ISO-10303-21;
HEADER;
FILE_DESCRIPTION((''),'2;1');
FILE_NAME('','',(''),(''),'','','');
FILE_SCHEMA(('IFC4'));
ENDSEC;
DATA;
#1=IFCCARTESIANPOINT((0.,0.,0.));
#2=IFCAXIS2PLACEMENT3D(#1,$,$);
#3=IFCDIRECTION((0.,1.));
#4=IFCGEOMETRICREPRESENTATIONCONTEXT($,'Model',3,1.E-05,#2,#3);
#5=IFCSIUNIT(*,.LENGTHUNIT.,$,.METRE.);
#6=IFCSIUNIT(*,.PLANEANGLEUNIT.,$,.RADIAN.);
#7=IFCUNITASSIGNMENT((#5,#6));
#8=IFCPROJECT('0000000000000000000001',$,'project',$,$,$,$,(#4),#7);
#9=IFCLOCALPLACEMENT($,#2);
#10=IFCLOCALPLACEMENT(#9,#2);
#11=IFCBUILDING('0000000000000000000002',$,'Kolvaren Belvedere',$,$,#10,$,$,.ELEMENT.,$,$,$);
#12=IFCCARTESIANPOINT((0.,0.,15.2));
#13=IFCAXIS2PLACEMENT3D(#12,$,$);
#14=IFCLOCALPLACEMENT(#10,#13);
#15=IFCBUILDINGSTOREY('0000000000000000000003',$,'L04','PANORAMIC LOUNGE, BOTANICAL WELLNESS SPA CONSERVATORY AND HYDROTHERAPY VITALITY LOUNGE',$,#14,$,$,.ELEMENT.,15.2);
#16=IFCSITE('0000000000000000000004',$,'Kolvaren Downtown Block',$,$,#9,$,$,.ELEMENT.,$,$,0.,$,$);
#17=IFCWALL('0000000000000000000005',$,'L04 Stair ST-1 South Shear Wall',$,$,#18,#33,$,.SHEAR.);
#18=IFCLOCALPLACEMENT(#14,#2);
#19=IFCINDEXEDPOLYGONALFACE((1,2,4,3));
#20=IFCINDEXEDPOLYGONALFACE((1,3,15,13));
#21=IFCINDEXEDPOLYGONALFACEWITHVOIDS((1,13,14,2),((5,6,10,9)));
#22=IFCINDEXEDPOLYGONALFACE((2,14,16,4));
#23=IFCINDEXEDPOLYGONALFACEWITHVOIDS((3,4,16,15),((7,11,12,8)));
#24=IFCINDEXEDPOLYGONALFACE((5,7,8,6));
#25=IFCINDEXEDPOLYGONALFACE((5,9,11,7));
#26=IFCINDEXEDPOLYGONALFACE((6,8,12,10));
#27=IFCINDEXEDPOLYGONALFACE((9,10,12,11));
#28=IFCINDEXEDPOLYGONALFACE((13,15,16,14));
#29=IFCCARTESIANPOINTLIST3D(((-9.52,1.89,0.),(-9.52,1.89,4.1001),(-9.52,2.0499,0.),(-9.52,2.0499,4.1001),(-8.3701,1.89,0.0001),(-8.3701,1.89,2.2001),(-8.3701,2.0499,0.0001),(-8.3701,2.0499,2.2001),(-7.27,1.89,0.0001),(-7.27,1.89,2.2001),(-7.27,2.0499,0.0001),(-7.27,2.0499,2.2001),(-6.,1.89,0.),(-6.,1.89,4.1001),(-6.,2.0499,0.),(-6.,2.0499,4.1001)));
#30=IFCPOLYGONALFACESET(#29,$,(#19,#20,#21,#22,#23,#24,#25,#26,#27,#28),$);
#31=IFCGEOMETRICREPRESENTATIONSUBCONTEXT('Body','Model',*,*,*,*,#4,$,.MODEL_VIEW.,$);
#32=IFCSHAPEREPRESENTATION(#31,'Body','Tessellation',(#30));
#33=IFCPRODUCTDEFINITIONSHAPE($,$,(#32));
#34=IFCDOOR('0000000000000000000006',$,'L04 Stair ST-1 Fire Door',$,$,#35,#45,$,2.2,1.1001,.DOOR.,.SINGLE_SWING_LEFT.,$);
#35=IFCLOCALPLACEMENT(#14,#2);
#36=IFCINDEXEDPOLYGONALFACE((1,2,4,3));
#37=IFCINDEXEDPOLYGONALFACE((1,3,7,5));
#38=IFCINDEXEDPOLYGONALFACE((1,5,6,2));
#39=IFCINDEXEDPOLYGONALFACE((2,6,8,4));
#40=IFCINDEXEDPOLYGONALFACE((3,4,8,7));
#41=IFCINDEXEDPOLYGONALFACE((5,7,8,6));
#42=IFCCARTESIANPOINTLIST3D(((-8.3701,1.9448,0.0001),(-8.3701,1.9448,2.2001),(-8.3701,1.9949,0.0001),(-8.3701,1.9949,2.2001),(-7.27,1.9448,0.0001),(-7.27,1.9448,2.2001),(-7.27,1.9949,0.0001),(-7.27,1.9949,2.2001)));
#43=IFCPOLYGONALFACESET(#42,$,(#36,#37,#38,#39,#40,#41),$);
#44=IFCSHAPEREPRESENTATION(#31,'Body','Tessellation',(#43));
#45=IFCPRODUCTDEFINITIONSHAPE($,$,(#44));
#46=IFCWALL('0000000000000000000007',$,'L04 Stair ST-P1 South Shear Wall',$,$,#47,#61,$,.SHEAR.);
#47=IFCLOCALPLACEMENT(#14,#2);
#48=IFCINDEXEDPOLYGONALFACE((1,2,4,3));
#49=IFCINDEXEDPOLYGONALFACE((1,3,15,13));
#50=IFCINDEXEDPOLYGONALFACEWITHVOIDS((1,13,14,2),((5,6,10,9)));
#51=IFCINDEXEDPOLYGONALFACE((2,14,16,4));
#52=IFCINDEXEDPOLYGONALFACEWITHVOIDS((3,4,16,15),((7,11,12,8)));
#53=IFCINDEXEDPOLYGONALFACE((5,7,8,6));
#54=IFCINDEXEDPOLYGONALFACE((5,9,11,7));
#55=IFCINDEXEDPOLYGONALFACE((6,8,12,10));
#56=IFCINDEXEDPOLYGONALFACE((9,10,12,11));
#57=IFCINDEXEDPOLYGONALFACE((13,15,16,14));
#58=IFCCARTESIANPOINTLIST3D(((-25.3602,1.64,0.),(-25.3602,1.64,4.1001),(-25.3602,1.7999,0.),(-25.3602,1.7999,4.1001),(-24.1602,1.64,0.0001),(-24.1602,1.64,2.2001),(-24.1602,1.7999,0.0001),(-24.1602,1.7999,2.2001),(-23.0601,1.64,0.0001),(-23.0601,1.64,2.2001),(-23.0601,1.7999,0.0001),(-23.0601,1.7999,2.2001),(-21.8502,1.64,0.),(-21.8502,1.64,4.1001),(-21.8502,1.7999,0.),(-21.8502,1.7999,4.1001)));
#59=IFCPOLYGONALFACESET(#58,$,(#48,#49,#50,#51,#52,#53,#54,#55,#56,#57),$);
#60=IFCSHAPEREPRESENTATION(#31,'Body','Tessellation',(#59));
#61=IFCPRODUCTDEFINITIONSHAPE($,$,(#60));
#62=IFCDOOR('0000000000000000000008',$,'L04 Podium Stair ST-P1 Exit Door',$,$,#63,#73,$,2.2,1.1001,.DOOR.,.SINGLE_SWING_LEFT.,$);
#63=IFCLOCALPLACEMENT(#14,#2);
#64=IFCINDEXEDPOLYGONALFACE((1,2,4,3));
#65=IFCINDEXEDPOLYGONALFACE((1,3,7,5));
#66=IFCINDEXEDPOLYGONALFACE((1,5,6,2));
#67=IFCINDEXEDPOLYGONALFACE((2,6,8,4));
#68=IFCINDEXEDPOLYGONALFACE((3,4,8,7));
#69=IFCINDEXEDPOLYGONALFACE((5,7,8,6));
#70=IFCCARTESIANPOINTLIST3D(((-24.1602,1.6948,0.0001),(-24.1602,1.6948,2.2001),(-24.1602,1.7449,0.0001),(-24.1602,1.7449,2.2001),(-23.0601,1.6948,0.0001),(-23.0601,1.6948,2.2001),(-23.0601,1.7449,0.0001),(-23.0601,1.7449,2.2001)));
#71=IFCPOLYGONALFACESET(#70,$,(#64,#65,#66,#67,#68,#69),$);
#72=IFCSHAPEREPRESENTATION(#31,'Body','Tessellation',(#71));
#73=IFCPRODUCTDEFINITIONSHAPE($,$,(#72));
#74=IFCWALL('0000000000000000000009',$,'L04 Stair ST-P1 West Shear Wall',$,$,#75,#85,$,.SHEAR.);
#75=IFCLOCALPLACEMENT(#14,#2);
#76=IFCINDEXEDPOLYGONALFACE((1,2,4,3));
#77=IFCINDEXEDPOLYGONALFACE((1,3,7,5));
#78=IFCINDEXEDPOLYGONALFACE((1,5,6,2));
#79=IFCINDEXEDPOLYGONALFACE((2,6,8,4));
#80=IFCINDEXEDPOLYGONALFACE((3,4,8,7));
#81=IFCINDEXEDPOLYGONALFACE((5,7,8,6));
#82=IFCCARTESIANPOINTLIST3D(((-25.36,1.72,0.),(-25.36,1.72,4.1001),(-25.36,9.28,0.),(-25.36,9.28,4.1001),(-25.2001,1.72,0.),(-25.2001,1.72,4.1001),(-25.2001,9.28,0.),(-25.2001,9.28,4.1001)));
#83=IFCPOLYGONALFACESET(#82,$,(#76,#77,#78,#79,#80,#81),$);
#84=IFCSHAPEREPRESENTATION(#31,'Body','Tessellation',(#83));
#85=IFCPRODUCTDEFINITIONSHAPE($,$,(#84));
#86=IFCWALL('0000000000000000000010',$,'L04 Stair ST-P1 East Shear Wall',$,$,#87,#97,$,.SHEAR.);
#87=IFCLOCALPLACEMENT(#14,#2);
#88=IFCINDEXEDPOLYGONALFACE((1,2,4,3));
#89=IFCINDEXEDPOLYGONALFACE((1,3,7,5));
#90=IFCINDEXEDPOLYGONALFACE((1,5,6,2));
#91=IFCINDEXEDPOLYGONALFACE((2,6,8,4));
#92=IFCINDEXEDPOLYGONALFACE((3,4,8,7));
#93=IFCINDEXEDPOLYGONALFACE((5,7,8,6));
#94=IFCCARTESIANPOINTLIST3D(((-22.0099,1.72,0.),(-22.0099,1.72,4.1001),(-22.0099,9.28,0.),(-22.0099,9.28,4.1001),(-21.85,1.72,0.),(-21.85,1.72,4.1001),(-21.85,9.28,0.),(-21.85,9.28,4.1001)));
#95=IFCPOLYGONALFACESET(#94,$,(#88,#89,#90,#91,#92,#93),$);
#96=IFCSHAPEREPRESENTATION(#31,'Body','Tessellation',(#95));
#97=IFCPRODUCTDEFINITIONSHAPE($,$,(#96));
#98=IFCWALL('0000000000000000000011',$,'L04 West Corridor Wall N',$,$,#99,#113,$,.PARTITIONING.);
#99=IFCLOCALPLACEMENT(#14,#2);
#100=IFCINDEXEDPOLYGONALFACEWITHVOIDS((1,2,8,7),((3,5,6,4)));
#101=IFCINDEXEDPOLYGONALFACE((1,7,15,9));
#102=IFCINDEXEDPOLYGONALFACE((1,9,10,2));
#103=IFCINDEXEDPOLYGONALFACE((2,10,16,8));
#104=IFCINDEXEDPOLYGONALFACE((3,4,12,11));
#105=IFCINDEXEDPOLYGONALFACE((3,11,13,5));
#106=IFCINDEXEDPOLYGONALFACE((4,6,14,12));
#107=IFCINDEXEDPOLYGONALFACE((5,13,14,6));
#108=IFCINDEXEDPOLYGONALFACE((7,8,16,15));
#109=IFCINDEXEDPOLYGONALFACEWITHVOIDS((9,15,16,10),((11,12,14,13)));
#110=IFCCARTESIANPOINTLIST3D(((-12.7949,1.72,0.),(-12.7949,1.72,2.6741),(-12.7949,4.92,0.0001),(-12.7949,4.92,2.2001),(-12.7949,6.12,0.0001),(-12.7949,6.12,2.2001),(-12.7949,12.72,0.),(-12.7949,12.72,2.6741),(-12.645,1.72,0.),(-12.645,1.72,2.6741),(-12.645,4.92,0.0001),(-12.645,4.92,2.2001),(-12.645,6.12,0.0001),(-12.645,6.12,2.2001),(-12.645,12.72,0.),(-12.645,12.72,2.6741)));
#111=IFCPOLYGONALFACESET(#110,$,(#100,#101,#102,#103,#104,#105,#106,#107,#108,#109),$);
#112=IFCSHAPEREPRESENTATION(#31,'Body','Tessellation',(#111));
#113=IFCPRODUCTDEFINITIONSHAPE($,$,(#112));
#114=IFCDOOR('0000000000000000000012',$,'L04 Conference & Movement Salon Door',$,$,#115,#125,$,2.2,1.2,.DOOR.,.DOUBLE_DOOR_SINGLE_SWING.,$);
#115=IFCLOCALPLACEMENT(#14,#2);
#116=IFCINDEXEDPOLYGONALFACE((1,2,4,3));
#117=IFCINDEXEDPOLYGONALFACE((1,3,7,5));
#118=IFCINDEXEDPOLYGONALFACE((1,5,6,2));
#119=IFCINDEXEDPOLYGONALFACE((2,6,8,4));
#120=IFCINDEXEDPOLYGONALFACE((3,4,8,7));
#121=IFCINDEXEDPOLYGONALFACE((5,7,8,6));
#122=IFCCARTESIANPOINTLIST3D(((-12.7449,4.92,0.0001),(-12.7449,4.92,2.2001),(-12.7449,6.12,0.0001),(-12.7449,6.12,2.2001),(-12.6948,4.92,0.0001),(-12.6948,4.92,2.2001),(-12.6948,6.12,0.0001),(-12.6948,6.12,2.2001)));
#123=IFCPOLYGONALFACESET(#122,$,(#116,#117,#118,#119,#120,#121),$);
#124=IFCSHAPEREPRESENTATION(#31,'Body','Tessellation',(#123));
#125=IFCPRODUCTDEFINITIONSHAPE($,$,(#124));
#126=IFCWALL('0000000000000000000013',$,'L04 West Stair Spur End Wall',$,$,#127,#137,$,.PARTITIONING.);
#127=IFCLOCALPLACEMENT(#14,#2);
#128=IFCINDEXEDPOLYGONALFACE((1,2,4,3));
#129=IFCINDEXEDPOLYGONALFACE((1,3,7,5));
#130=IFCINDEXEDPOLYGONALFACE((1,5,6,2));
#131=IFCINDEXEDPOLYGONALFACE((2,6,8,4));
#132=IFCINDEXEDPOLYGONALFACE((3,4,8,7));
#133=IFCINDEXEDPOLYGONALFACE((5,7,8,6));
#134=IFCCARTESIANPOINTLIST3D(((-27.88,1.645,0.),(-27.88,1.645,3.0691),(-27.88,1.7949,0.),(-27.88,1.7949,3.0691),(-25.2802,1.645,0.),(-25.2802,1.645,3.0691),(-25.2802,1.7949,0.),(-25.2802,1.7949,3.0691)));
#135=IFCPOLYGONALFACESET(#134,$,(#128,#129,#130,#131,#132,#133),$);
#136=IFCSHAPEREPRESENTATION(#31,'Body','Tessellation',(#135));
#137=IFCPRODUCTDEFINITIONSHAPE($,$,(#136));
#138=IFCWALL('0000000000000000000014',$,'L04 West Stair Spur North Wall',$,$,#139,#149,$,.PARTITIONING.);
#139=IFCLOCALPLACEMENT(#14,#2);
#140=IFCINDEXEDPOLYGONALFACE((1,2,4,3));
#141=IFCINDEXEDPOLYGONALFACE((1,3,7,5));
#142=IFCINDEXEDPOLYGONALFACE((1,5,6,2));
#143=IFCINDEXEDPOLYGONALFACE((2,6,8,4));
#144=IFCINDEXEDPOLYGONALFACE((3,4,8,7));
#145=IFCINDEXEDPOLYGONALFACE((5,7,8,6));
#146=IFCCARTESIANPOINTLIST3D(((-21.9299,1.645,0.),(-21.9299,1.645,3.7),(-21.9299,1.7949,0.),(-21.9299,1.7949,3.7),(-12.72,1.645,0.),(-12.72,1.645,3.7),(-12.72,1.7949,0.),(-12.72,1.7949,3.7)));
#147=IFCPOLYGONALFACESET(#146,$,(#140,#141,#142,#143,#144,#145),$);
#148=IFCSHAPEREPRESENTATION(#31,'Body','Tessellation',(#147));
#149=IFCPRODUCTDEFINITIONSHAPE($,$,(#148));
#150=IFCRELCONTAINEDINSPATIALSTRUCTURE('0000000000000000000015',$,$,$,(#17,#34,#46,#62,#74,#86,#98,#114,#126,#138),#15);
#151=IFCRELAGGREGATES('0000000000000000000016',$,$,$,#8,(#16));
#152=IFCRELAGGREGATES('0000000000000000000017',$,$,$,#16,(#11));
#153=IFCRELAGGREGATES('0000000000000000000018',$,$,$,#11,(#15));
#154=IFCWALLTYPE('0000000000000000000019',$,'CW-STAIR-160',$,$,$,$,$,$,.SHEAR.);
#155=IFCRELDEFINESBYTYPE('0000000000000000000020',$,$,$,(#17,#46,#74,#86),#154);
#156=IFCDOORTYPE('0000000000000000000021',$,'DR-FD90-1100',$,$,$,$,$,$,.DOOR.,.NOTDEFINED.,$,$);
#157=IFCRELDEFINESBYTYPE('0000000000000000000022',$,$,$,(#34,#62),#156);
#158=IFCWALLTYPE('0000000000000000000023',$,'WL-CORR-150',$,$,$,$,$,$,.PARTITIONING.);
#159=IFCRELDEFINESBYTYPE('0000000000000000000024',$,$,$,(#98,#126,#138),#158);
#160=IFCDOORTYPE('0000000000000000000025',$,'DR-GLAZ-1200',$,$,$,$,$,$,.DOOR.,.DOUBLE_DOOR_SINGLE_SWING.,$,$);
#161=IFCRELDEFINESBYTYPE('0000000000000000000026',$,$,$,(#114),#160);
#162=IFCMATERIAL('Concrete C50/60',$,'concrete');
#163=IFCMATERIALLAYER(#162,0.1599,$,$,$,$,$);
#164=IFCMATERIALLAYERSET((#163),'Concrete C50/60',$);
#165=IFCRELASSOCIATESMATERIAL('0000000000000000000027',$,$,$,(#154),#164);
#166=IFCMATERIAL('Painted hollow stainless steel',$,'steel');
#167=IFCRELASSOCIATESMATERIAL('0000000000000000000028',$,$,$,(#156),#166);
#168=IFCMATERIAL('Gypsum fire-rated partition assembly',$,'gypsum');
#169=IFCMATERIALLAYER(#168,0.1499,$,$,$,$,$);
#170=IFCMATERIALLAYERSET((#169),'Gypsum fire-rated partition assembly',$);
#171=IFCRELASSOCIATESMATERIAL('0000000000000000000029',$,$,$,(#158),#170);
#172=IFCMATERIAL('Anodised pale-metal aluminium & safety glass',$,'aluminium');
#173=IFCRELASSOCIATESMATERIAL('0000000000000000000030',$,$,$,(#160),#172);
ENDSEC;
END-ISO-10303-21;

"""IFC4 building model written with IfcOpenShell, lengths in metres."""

from ifc_helpers import new_model, si_unit, direction, frame, frame_2d, origin, place, context, subcontext, project, spatial, rectangle, extrude, material, layer, layer_set, type_object, element, fill, save


model = new_model("IFC4")

# Units and contexts
model_context = context("Model", 3, precision=1e-05, world=origin(), true_north=direction((0.0, 1.0)))
body_context = subcontext(model_context, "Body", "Model", "MODEL_VIEW")
ifc_project = project(units=[si_unit("LENGTHUNIT", "METRE"), si_unit("PLANEANGLEUNIT", "RADIAN")], contexts=[model_context])

# Site, building, storey
site_placement = place(None, origin())
site = spatial("IfcSite", under=ifc_project, at=site_placement, Name="Kolvaren Downtown Block", CompositionType="ELEMENT", RefElevation=0.0)
building_placement = place(site_placement, origin())
building = spatial("IfcBuilding", under=site, at=building_placement, Name="Kolvaren Belvedere", CompositionType="ELEMENT")
storey_placement = place(building_placement, frame((0.0, 0.0, 15.2)))
storey = spatial("IfcBuildingStorey", under=building, at=storey_placement, Name="L04", Description="PANORAMIC LOUNGE, BOTANICAL WELLNESS SPA CONSERVATORY AND HYDROTHERAPY VITALITY LOUNGE", CompositionType="ELEMENT", Elevation=15.2)

# Walls, openings, doors
ifc_material_1 = material(Name="Concrete C50/60", Category="concrete")
ifc_layer_1 = layer(ifc_material_1, 0.1599)
ifc_layer_set_1 = layer_set([ifc_layer_1], Name="Concrete C50/60")
wall_type_1 = type_object("IfcWallType", Name="CW-STAIR-160", PredefinedType="SHEAR", material=ifc_layer_set_1)
wall_1_placement = place(storey_placement, frame((-9.52, 1.97, 0.0), z_axis=(0.0, 0.0, 1.0), x_axis=(1.0, 0.0, 0.0)))
wall_1 = element("IfcWall", 1, at=wall_1_placement, inside=storey, type_object=wall_type_1, Name="L04 Stair ST-1 South Shear Wall", PredefinedType="SHEAR", context=body_context, shape_type="SweptSolid", body=[
    extrude(rectangle(XDim=3.52, YDim=0.1599, at=frame_2d((1.76, 0.0))), origin(), (0.0, 0.0, 1.0), 4.1001),
])
opening_1_placement = place(wall_1_placement, frame((1.1499, 0.0, 0.0)))
opening_1 = element("IfcOpeningElement", 2, at=opening_1_placement, cuts=wall_1, PredefinedType="OPENING", context=body_context, shape_type="SweptSolid", body=[
    extrude(rectangle(XDim=1.1001, YDim=2.2, at=frame_2d((0.55, 1.1001))), frame((0.0, 0.0898, 0.0), z_axis=(0.0, -1.0, 0.0), x_axis=(1.0, 0.0, 0.0)), (0.0, 0.0, 1.0), 0.1799),
])
ifc_material_2 = material(Name="Painted hollow stainless steel", Category="steel")
door_type_1 = type_object("IfcDoorType", Name="DR-FD90-1100", OperationType="NOTDEFINED", PredefinedType="DOOR", material=ifc_material_2)
door_1_placement = place(opening_1_placement, origin())
door_1 = element("IfcDoor", 3, at=door_1_placement, inside=storey, type_object=door_type_1, Name="L04 Stair ST-1 Fire Door", OperationType="SINGLE_SWING_LEFT", OverallHeight=2.2, OverallWidth=1.1001, PredefinedType="DOOR", context=body_context, shape_type="SweptSolid", body=[
    extrude(rectangle(XDim=1.1001, YDim=2.2, at=frame_2d((0.55, 1.1001))), frame((0.0, 0.0249, 0.0), z_axis=(0.0, -1.0, 0.0), x_axis=(1.0, 0.0, 0.0)), (0.0, 0.0, 1.0), 0.05),
])
fill(opening_1, door_1)
wall_2_placement = place(storey_placement, frame((-25.3601, 1.72, 0.0), z_axis=(0.0, 0.0, 1.0), x_axis=(1.0, 0.0, 0.0)))
wall_2 = element("IfcWall", 4, at=wall_2_placement, inside=storey, type_object=wall_type_1, Name="L04 Stair ST-P1 South Shear Wall", PredefinedType="SHEAR", context=body_context, shape_type="SweptSolid", body=[
    extrude(rectangle(XDim=3.51, YDim=0.1599, at=frame_2d((1.7549, 0.0))), origin(), (0.0, 0.0, 1.0), 4.1001),
])
opening_2_placement = place(wall_2_placement, frame((1.2, 0.0, 0.0)))
opening_2 = element("IfcOpeningElement", 5, at=opening_2_placement, cuts=wall_2, PredefinedType="OPENING", context=body_context, shape_type="SweptSolid", body=[
    extrude(rectangle(XDim=1.1001, YDim=2.2, at=frame_2d((0.55, 1.1001))), frame((0.0, 0.0898, 0.0), z_axis=(0.0, -1.0, 0.0), x_axis=(1.0, 0.0, 0.0)), (0.0, 0.0, 1.0), 0.1799),
])
door_2_placement = place(opening_2_placement, origin())
door_2 = element("IfcDoor", 6, at=door_2_placement, inside=storey, type_object=door_type_1, Name="L04 Podium Stair ST-P1 Exit Door", OperationType="SINGLE_SWING_LEFT", OverallHeight=2.2, OverallWidth=1.1001, PredefinedType="DOOR", context=body_context, shape_type="SweptSolid", body=[
    extrude(rectangle(XDim=1.1001, YDim=2.2, at=frame_2d((0.55, 1.1001))), frame((0.0, 0.0249, 0.0), z_axis=(0.0, -1.0, 0.0), x_axis=(1.0, 0.0, 0.0)), (0.0, 0.0, 1.0), 0.05),
])
fill(opening_2, door_2)

# Walls
for number, where, z_axis, x_axis, name in (
    (7, (-25.28, 1.72, 0.0), (0.0, 0.0, 1.0), (0.0, 1.0, 0.0), "L04 Stair ST-P1 West Shear Wall"),
    (8, (-21.9299, 1.72, 0.0), (0.0, 0.0, 1.0), (0.0, 1.0, 0.0), "L04 Stair ST-P1 East Shear Wall"),
):
    element("IfcWall", number, at=place(storey_placement, frame(where, z_axis=z_axis, x_axis=x_axis)), inside=storey, type_object=wall_type_1, Name=name, PredefinedType="SHEAR", context=body_context, shape_type="SweptSolid", body=[
        extrude(rectangle(XDim=7.5601, YDim=0.1599, at=frame_2d((3.78, 0.0))), origin(), (0.0, 0.0, 1.0), 4.1001),
    ])

# Wall, opening, door
ifc_material_3 = material(Name="Gypsum fire-rated partition assembly", Category="gypsum")
ifc_layer_2 = layer(ifc_material_3, 0.1499)
ifc_layer_set_2 = layer_set([ifc_layer_2], Name="Gypsum fire-rated partition assembly")
wall_type_2 = type_object("IfcWallType", Name="WL-CORR-150", PredefinedType="PARTITIONING", material=ifc_layer_set_2)
wall_3_placement = place(storey_placement, frame((-12.72, 1.72, 0.0), z_axis=(0.0, 0.0, 1.0), x_axis=(0.0, 1.0, 0.0)))
wall_3 = element("IfcWall", 9, at=wall_3_placement, inside=storey, type_object=wall_type_2, Name="L04 West Corridor Wall N", PredefinedType="PARTITIONING", context=body_context, shape_type="SweptSolid", body=[
    extrude(rectangle(XDim=11.0, YDim=0.1499, at=frame_2d((5.5, 0.0))), origin(), (0.0, 0.0, 1.0), 2.6741),
])
opening_3_placement = place(wall_3_placement, frame((3.2, 0.0, 0.0)))
opening_3 = element("IfcOpeningElement", 10, at=opening_3_placement, cuts=wall_3, PredefinedType="OPENING", context=body_context, shape_type="SweptSolid", body=[
    extrude(rectangle(XDim=1.2, YDim=2.2, at=frame_2d((0.6001, 1.1001))), frame((0.0, 0.085, 0.0), z_axis=(0.0, -1.0, 0.0), x_axis=(1.0, 0.0, 0.0)), (0.0, 0.0, 1.0), 0.1699),
])
ifc_material_4 = material(Name="Anodised pale-metal aluminium & safety glass", Category="aluminium")
door_type_2 = type_object("IfcDoorType", Name="DR-GLAZ-1200", OperationType="DOUBLE_DOOR_SINGLE_SWING", PredefinedType="DOOR", material=ifc_material_4)
door_3_placement = place(opening_3_placement, origin())
door_3 = element("IfcDoor", 11, at=door_3_placement, inside=storey, type_object=door_type_2, Name="L04 Conference & Movement Salon Door", OperationType="DOUBLE_DOOR_SINGLE_SWING", OverallHeight=2.2, OverallWidth=1.2, PredefinedType="DOOR", context=body_context, shape_type="SweptSolid", body=[
    extrude(rectangle(XDim=1.2, YDim=2.2, at=frame_2d((0.6001, 1.1001))), frame((0.0, 0.0249, 0.0), z_axis=(0.0, -1.0, 0.0), x_axis=(1.0, 0.0, 0.0)), (0.0, 0.0, 1.0), 0.05),
])
fill(opening_3, door_3)

# Walls
wall_4_placement = place(storey_placement, frame((-27.8799, 1.72, 0.0), z_axis=(0.0, 0.0, 1.0), x_axis=(1.0, 0.0, 0.0)))
element("IfcWall", 12, at=wall_4_placement, inside=storey, type_object=wall_type_2, Name="L04 West Stair Spur End Wall", PredefinedType="PARTITIONING", context=body_context, shape_type="SweptSolid", body=[
    extrude(rectangle(XDim=2.5999, YDim=0.1499, at=frame_2d((1.2998, 0.0))), origin(), (0.0, 0.0, 1.0), 3.0691),
])
wall_5_placement = place(storey_placement, frame((-21.9299, 1.72, 0.0), z_axis=(0.0, 0.0, 1.0), x_axis=(1.0, 0.0, 0.0)))
element("IfcWall", 13, at=wall_5_placement, inside=storey, type_object=wall_type_2, Name="L04 West Stair Spur North Wall", PredefinedType="PARTITIONING", context=body_context, shape_type="SweptSolid", body=[
    extrude(rectangle(XDim=9.21, YDim=0.1499, at=frame_2d((4.605, 0.0))), origin(), (0.0, 0.0, 1.0), 3.7),
])

save(model, "model.ifc")
